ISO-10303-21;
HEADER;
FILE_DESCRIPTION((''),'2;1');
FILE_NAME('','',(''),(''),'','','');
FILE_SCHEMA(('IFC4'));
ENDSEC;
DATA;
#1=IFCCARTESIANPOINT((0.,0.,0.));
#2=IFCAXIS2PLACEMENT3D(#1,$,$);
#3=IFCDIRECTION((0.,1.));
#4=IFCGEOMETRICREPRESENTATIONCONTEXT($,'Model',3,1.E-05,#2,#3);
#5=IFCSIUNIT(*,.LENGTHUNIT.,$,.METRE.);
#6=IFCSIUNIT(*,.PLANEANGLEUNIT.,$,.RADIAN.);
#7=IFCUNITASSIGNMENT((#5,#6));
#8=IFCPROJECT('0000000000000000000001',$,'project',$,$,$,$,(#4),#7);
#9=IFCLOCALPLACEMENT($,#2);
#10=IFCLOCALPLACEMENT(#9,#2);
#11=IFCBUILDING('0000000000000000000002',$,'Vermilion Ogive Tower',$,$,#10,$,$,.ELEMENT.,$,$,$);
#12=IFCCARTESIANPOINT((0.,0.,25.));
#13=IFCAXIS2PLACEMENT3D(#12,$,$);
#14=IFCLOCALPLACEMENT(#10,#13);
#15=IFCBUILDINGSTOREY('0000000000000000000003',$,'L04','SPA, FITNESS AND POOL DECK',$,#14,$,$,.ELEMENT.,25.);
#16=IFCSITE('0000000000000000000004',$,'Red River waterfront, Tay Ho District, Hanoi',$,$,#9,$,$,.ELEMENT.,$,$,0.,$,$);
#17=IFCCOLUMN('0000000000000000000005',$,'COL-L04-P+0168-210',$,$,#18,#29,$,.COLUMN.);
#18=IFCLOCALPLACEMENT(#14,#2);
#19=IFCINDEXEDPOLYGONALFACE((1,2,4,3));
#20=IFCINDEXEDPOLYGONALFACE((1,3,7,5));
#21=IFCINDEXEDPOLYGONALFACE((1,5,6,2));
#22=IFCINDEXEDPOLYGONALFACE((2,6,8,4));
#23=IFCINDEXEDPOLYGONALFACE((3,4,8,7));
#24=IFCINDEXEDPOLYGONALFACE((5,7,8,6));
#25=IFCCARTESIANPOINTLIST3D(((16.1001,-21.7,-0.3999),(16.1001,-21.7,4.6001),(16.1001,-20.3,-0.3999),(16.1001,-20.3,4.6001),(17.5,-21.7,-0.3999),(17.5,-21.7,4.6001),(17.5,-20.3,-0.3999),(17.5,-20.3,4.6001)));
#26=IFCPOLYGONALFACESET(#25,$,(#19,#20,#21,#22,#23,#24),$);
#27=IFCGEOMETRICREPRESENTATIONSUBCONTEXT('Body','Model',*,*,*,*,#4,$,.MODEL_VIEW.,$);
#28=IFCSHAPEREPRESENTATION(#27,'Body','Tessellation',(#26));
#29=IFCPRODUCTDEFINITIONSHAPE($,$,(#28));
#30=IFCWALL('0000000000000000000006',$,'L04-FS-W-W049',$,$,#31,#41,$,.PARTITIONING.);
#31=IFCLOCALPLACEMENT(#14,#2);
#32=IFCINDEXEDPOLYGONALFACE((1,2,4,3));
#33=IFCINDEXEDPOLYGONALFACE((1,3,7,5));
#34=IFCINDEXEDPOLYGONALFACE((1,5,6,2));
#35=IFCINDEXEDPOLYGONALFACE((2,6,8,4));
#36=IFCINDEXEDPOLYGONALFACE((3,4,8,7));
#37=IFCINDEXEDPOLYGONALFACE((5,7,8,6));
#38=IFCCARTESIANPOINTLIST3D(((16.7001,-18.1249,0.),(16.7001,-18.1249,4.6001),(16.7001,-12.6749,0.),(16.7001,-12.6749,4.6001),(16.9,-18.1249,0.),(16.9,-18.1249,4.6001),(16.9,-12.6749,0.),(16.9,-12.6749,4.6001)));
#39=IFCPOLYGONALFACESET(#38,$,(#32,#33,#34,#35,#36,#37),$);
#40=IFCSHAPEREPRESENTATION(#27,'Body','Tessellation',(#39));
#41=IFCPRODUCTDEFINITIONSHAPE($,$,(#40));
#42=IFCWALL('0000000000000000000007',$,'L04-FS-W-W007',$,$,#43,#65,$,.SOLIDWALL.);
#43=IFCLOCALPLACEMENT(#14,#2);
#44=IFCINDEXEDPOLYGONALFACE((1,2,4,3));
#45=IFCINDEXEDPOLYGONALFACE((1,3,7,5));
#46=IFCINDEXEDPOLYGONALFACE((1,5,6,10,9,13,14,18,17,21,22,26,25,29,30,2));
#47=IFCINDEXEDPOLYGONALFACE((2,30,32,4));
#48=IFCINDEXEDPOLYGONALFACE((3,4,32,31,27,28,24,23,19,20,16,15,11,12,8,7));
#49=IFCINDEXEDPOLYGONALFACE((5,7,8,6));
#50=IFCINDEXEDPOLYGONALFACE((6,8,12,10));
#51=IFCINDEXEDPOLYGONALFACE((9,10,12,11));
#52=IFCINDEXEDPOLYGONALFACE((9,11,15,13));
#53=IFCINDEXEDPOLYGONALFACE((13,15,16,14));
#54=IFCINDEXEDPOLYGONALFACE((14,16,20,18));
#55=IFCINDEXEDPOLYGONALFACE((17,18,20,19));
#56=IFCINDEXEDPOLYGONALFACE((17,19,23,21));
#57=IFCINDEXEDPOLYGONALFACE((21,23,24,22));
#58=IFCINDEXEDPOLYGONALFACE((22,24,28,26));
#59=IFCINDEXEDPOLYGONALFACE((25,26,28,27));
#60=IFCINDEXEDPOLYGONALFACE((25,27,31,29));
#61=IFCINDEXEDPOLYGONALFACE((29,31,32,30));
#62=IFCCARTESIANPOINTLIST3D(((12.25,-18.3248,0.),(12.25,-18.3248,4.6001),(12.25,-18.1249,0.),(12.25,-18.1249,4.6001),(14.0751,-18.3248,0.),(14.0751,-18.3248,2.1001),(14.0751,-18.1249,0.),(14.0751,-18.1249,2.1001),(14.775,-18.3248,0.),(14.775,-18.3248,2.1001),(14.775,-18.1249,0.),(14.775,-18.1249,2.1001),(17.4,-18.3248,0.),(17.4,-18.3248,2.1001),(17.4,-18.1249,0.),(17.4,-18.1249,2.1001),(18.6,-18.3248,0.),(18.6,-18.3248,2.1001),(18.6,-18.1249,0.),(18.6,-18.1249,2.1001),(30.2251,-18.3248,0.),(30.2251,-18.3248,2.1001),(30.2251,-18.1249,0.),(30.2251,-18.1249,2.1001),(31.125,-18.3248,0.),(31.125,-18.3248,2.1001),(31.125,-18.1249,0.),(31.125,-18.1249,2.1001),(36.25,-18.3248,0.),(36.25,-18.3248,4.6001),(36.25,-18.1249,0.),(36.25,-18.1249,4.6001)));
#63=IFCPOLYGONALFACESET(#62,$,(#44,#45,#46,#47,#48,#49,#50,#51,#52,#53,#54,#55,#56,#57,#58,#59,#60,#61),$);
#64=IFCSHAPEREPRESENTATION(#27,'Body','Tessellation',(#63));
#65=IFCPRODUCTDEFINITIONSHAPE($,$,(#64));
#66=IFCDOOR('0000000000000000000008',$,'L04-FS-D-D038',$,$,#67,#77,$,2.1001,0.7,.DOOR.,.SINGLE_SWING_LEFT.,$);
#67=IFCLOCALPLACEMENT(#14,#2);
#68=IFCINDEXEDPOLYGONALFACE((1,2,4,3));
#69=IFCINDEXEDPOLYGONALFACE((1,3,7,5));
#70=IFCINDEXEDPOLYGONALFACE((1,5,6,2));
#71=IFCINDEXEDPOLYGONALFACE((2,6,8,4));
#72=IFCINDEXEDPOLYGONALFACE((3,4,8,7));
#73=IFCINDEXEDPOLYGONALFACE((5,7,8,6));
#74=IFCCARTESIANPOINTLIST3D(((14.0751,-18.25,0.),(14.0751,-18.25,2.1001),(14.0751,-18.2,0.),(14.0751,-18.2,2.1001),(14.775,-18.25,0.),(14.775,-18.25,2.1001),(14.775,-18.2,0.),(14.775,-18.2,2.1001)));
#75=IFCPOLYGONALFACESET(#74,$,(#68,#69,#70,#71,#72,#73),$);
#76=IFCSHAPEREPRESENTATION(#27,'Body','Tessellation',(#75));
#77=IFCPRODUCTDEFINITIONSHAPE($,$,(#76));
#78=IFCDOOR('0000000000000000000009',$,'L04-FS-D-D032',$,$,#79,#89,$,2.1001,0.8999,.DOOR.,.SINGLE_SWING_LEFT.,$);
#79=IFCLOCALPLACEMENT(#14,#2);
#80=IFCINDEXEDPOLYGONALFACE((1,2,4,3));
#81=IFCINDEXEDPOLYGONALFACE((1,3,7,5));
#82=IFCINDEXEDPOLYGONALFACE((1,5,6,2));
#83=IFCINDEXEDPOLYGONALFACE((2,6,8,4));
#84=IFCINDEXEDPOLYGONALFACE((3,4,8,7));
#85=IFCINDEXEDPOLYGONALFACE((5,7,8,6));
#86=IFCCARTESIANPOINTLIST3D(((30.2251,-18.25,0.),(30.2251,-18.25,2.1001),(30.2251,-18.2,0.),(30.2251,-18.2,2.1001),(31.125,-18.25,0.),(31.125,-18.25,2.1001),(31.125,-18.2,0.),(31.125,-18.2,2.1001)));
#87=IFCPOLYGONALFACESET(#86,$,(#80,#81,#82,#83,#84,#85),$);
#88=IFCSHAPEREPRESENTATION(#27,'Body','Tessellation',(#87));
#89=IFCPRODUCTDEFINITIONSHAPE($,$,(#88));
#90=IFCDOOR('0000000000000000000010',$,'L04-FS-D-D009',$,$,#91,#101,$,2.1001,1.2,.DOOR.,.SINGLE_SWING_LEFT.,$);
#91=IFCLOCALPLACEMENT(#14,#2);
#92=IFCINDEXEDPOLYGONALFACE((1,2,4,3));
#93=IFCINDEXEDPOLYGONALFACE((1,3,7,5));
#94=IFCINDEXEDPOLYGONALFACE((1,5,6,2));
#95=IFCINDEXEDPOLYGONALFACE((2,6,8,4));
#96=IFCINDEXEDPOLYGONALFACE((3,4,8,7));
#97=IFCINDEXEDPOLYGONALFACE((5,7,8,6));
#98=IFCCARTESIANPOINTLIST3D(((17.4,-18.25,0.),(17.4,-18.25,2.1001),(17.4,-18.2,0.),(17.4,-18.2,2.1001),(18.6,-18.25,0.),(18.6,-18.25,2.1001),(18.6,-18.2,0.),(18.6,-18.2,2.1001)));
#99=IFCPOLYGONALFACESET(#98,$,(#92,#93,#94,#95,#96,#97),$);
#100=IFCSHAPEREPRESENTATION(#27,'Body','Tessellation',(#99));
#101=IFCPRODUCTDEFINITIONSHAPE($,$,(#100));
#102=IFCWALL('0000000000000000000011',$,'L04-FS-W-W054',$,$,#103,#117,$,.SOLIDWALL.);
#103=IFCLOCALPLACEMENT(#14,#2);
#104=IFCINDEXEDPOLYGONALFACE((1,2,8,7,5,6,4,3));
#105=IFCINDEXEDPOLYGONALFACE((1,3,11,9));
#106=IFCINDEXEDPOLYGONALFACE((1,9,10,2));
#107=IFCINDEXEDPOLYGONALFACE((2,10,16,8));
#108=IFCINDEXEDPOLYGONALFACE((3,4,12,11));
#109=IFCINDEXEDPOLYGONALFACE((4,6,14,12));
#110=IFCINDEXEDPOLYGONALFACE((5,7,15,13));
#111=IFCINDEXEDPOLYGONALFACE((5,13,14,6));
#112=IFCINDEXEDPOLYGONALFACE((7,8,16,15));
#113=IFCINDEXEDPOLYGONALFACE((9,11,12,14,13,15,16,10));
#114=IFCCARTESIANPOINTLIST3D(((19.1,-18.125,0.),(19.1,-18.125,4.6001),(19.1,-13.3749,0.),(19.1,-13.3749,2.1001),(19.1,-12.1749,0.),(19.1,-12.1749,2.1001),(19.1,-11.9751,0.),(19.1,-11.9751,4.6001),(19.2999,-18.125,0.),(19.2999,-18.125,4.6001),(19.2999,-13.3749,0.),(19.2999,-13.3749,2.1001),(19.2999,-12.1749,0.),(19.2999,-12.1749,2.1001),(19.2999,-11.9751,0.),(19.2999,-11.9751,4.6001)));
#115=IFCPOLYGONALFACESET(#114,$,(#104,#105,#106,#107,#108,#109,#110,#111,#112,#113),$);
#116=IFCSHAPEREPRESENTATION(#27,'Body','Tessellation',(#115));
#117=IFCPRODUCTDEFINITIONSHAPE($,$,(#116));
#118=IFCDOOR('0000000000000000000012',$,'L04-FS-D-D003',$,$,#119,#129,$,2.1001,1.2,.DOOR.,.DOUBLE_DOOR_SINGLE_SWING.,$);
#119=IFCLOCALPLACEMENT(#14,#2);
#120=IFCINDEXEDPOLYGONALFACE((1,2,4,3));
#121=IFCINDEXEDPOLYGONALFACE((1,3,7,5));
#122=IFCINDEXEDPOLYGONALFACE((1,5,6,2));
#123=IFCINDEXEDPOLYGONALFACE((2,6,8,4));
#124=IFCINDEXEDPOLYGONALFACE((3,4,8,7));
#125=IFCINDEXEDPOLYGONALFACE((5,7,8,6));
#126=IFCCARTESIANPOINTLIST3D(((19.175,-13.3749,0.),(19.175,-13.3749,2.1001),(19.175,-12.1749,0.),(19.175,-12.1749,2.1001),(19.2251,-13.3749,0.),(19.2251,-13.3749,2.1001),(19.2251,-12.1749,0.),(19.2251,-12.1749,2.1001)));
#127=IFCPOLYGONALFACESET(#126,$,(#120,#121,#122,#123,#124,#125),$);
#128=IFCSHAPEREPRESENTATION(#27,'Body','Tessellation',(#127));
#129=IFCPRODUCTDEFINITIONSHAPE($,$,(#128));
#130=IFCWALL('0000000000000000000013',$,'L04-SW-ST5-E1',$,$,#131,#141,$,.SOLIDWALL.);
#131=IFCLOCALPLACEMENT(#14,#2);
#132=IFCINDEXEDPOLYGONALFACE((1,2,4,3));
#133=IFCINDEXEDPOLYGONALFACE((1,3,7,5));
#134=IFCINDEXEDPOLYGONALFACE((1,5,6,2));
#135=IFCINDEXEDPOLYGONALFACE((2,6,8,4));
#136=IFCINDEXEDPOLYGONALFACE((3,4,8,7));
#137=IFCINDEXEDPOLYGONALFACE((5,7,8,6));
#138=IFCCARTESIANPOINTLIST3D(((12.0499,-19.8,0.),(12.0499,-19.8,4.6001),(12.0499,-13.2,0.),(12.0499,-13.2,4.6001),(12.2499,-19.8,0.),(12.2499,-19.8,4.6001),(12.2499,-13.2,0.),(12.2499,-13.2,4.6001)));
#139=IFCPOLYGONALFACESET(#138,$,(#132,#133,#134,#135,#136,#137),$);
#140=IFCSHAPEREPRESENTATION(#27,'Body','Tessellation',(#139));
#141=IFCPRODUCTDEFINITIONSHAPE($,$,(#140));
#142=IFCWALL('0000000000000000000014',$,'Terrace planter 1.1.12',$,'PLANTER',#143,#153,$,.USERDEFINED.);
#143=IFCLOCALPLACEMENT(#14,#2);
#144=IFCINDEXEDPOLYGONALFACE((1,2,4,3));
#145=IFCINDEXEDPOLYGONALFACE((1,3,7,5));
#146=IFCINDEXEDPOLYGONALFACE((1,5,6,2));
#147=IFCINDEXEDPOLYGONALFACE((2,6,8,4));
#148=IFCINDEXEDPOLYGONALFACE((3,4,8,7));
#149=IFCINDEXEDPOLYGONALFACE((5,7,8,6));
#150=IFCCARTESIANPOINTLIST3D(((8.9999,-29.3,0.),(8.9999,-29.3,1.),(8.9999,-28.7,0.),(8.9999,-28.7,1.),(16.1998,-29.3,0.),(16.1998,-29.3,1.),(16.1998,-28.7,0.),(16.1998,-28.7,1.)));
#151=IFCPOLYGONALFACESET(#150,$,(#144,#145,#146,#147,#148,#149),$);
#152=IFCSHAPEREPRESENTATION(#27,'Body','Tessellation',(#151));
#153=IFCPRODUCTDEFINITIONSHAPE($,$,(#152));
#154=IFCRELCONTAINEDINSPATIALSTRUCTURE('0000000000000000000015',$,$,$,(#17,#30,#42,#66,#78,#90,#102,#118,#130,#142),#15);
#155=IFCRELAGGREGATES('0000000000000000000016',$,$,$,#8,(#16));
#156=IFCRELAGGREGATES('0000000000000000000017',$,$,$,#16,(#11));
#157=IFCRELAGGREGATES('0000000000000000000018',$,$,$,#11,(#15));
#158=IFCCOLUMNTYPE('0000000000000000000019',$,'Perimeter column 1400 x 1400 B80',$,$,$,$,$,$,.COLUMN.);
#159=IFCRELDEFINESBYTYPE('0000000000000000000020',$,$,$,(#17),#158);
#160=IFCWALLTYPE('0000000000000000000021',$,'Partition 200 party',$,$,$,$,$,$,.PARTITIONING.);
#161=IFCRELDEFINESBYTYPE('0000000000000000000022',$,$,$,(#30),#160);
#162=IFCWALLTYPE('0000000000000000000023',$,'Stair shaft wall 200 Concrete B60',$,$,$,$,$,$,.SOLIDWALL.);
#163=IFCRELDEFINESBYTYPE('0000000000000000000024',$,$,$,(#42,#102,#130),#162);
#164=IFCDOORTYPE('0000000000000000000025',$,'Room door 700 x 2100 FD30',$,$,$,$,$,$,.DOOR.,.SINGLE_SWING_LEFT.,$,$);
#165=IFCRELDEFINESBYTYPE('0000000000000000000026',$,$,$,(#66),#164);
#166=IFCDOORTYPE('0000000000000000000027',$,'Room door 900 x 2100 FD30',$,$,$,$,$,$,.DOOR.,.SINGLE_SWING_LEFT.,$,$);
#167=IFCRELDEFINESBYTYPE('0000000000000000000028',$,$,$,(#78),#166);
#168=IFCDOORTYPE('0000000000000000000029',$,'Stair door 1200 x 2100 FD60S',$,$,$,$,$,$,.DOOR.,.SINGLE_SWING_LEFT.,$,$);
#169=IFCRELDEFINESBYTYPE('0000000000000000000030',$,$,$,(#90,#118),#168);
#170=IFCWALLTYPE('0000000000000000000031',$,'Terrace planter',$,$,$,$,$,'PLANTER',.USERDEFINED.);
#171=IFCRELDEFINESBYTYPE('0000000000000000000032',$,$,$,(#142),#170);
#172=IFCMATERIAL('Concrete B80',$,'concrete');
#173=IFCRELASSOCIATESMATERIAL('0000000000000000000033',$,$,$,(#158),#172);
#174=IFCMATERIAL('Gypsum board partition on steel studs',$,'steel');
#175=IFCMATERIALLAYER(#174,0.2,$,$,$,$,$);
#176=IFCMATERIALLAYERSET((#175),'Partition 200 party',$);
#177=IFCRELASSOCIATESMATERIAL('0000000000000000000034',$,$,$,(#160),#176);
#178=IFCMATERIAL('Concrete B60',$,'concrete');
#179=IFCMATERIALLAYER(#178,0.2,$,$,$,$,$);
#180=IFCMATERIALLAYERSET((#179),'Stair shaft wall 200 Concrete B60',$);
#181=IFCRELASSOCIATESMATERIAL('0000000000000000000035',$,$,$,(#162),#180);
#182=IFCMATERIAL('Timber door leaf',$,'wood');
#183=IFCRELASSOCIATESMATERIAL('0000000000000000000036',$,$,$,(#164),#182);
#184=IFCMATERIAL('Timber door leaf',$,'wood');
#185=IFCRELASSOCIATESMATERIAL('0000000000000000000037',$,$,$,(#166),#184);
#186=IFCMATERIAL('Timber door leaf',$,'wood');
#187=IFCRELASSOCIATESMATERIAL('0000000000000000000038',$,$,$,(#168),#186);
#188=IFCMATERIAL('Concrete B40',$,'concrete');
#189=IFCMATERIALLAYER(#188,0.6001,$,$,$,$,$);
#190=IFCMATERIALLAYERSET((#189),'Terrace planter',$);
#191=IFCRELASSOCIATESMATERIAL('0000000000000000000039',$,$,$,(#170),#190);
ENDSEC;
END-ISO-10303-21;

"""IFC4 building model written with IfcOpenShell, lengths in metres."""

from ifc_helpers import new_model, si_unit, direction, frame, frame_2d, origin, origin_2d, place, context, subcontext, project, spatial, rectangle, extrude, material, layer, layer_set, material_profile, profile_set, type_object, element, fill, save


model = new_model("IFC4")

# Units and contexts
model_context = context("Model", 3, precision=1e-05, world=origin(), true_north=direction((0.0, 1.0)))
body_context = subcontext(model_context, "Body", "Model", "MODEL_VIEW")
ifc_project = project(units=[si_unit("LENGTHUNIT", "METRE"), si_unit("PLANEANGLEUNIT", "RADIAN")], contexts=[model_context])

# Site, building, storey
site_placement = place(None, origin())
site = spatial("IfcSite", under=ifc_project, at=site_placement, Name="Red River waterfront, Tay Ho District, Hanoi", CompositionType="ELEMENT", RefElevation=0.0)
building_placement = place(site_placement, origin())
building = spatial("IfcBuilding", under=site, at=building_placement, Name="Vermilion Ogive Tower", CompositionType="ELEMENT")
storey_placement = place(building_placement, frame((0.0, 0.0, 25.0)))
storey = spatial("IfcBuildingStorey", under=building, at=storey_placement, Name="L04", Description="SPA, FITNESS AND POOL DECK", CompositionType="ELEMENT", Elevation=25.0)

# Column
ifc_material_1 = material(Name="Concrete B80", Category="concrete")
ifc_material_profile = material_profile(ifc_material_1, rectangle(XDim=1.3999, YDim=1.3999, at=origin_2d()), Name="1400 x 1400")
ifc_profile_set = profile_set([ifc_material_profile], Name="Concrete B80")
column_type = type_object("IfcColumnType", Name="Perimeter column 1400 x 1400 B80", PredefinedType="COLUMN", material=ifc_profile_set)
column_placement = place(storey_placement, frame((16.8, -21.0, -0.3999), z_axis=(0.0, 0.0, 1.0), x_axis=(1.0, 0.0, 0.0)))
element("IfcColumn", 1, at=column_placement, inside=storey, type_object=column_type, Name="COL-L04-P+0168-210", PredefinedType="COLUMN", context=body_context, shape_type="SweptSolid", body=[
    extrude(rectangle(XDim=1.3999, YDim=1.3999, at=origin_2d()), origin(), (0.0, 0.0, 1.0), 5.0),
])

# Wall
ifc_material_2 = material(Name="Gypsum board partition on steel studs", Category="steel")
ifc_layer_1 = layer(ifc_material_2, 0.2)
ifc_layer_set_1 = layer_set([ifc_layer_1], Name="Partition 200 party")
wall_type_1 = type_object("IfcWallType", Name="Partition 200 party", PredefinedType="PARTITIONING", material=ifc_layer_set_1)
wall_1_placement = place(storey_placement, frame((16.8, -18.125, 0.0), z_axis=(0.0, 0.0, 1.0), x_axis=(0.0, 1.0, 0.0)))
element("IfcWall", 2, at=wall_1_placement, inside=storey, type_object=wall_type_1, Name="L04-FS-W-W049", PredefinedType="PARTITIONING", context=body_context, shape_type="SweptSolid", body=[
    extrude(rectangle(XDim=5.45, YDim=0.2, at=frame_2d((2.7251, 0.0))), origin(), (0.0, 0.0, 1.0), 4.6001),
])

# Wall, openings, doors
ifc_material_3 = material(Name="Concrete B60", Category="concrete")
ifc_layer_2 = layer(ifc_material_3, 0.2)
ifc_layer_set_2 = layer_set([ifc_layer_2], Name="Stair shaft wall 200 Concrete B60")
wall_type_2 = type_object("IfcWallType", Name="Stair shaft wall 200 Concrete B60", PredefinedType="SOLIDWALL", material=ifc_layer_set_2)
wall_2_placement = place(storey_placement, frame((12.25, -18.2249, 0.0), z_axis=(0.0, 0.0, 1.0), x_axis=(1.0, 0.0, 0.0)))
wall_2 = element("IfcWall", 3, at=wall_2_placement, inside=storey, type_object=wall_type_2, Name="L04-FS-W-W007", PredefinedType="SOLIDWALL", context=body_context, shape_type="SweptSolid", body=[
    extrude(rectangle(XDim=24.0, YDim=0.2, at=frame_2d((12.0, 0.0))), origin(), (0.0, 0.0, 1.0), 4.6001),
])
opening_1_placement = place(wall_2_placement, frame((5.1499, 0.0, 0.0)))
opening_1 = element("IfcOpeningElement", 4, at=opening_1_placement, cuts=wall_2, PredefinedType="OPENING", context=body_context, shape_type="SweptSolid", body=[
    extrude(rectangle(XDim=1.2, YDim=2.1001, at=frame_2d((0.6001, 1.05))), frame((0.0, 0.1099, 0.0), z_axis=(0.0, -1.0, 0.0), x_axis=(1.0, 0.0, 0.0)), (0.0, 0.0, 1.0), 0.22),
])
opening_2_placement = place(wall_2_placement, frame((17.9751, 0.0, 0.0)))
opening_2 = element("IfcOpeningElement", 5, at=opening_2_placement, cuts=wall_2, PredefinedType="OPENING", context=body_context, shape_type="SweptSolid", body=[
    extrude(rectangle(XDim=0.8999, YDim=2.1001, at=frame_2d((0.45, 1.05))), frame((0.0, 0.1099, 0.0), z_axis=(0.0, -1.0, 0.0), x_axis=(1.0, 0.0, 0.0)), (0.0, 0.0, 1.0), 0.22),
])
opening_3_placement = place(wall_2_placement, frame((1.825, 0.0, 0.0)))
opening_3 = element("IfcOpeningElement", 6, at=opening_3_placement, cuts=wall_2, PredefinedType="OPENING", context=body_context, shape_type="SweptSolid", body=[
    extrude(rectangle(XDim=0.7, YDim=2.1001, at=frame_2d((0.3501, 1.05))), frame((0.0, 0.1099, 0.0), z_axis=(0.0, -1.0, 0.0), x_axis=(1.0, 0.0, 0.0)), (0.0, 0.0, 1.0), 0.22),
])
ifc_material_4 = material(Name="Timber door leaf", Category="wood")
door_type_1 = type_object("IfcDoorType", Name="Room door 700 x 2100 FD30", OperationType="SINGLE_SWING_LEFT", PredefinedType="DOOR", material=ifc_material_4)
door_1_placement = place(opening_3_placement, origin())
door_1 = element("IfcDoor", 7, at=door_1_placement, inside=storey, type_object=door_type_1, Name="L04-FS-D-D038", OperationType="SINGLE_SWING_LEFT", OverallHeight=2.1001, OverallWidth=0.7, PredefinedType="DOOR", context=body_context, shape_type="SweptSolid", body=[
    extrude(rectangle(XDim=0.7, YDim=2.1001, at=frame_2d((0.3501, 1.05))), frame((0.0, 0.0249, 0.0), z_axis=(0.0, -1.0, 0.0), x_axis=(1.0, 0.0, 0.0)), (0.0, 0.0, 1.0), 0.05),
])
fill(opening_3, door_1)
ifc_material_5 = material(Name="Timber door leaf", Category="wood")
door_type_2 = type_object("IfcDoorType", Name="Room door 900 x 2100 FD30", OperationType="SINGLE_SWING_LEFT", PredefinedType="DOOR", material=ifc_material_5)
door_2_placement = place(opening_2_placement, origin())
door_2 = element("IfcDoor", 8, at=door_2_placement, inside=storey, type_object=door_type_2, Name="L04-FS-D-D032", OperationType="SINGLE_SWING_LEFT", OverallHeight=2.1001, OverallWidth=0.8999, PredefinedType="DOOR", context=body_context, shape_type="SweptSolid", body=[
    extrude(rectangle(XDim=0.8999, YDim=2.1001, at=frame_2d((0.45, 1.05))), frame((0.0, 0.0249, 0.0), z_axis=(0.0, -1.0, 0.0), x_axis=(1.0, 0.0, 0.0)), (0.0, 0.0, 1.0), 0.05),
])
fill(opening_2, door_2)
ifc_material_6 = material(Name="Timber door leaf", Category="wood")
door_type_3 = type_object("IfcDoorType", Name="Stair door 1200 x 2100 FD60S", OperationType="SINGLE_SWING_LEFT", PredefinedType="DOOR", material=ifc_material_6)
door_3_placement = place(opening_1_placement, origin())
door_3 = element("IfcDoor", 9, at=door_3_placement, inside=storey, type_object=door_type_3, Name="L04-FS-D-D009", OperationType="SINGLE_SWING_LEFT", OverallHeight=2.1001, OverallWidth=1.2, PredefinedType="DOOR", context=body_context, shape_type="SweptSolid", body=[
    extrude(rectangle(XDim=1.2, YDim=2.1001, at=frame_2d((0.6001, 1.05))), frame((0.0, 0.0249, 0.0), z_axis=(0.0, -1.0, 0.0), x_axis=(1.0, 0.0, 0.0)), (0.0, 0.0, 1.0), 0.05),
])
fill(opening_1, door_3)

# Wall, opening, door
wall_3_placement = place(storey_placement, frame((19.2, -18.125, 0.0), z_axis=(0.0, 0.0, 1.0), x_axis=(0.0, 1.0, 0.0)))
wall_3 = element("IfcWall", 10, at=wall_3_placement, inside=storey, type_object=wall_type_2, Name="L04-FS-W-W054", PredefinedType="SOLIDWALL", context=body_context, shape_type="SweptSolid", body=[
    extrude(rectangle(XDim=6.1499, YDim=0.2, at=frame_2d((3.075, 0.0))), origin(), (0.0, 0.0, 1.0), 4.6001),
])
opening_4_placement = place(wall_3_placement, frame((4.75, 0.0, 0.0)))
opening_4 = element("IfcOpeningElement", 11, at=opening_4_placement, cuts=wall_3, PredefinedType="OPENING", context=body_context, shape_type="SweptSolid", body=[
    extrude(rectangle(XDim=1.2, YDim=2.1001, at=frame_2d((0.6001, 1.05))), frame((0.0, 0.1099, 0.0), z_axis=(0.0, -1.0, 0.0), x_axis=(1.0, 0.0, 0.0)), (0.0, 0.0, 1.0), 0.22),
])
door_4_placement = place(opening_4_placement, origin())
door_4 = element("IfcDoor", 12, at=door_4_placement, inside=storey, type_object=door_type_3, Name="L04-FS-D-D003", OperationType="DOUBLE_DOOR_SINGLE_SWING", OverallHeight=2.1001, OverallWidth=1.2, PredefinedType="DOOR", context=body_context, shape_type="SweptSolid", body=[
    extrude(rectangle(XDim=1.2, YDim=2.1001, at=frame_2d((0.6001, 1.05))), frame((0.0, 0.0249, 0.0), z_axis=(0.0, -1.0, 0.0), x_axis=(1.0, 0.0, 0.0)), (0.0, 0.0, 1.0), 0.05),
])
fill(opening_4, door_4)

# Walls
wall_4_placement = place(storey_placement, frame((12.1499, -19.8, 0.0), z_axis=(0.0, 0.0, 1.0), x_axis=(0.0, 1.0, 0.0)))
element("IfcWall", 13, at=wall_4_placement, inside=storey, type_object=wall_type_2, Name="L04-SW-ST5-E1", PredefinedType="SOLIDWALL", context=body_context, shape_type="SweptSolid", body=[
    extrude(rectangle(XDim=6.6001, YDim=0.2, at=frame_2d((3.3, 0.0))), origin(), (0.0, 0.0, 1.0), 4.6001),
])
ifc_material_7 = material(Name="Concrete B40", Category="concrete")
ifc_layer_3 = layer(ifc_material_7, 0.6001)
ifc_layer_set_3 = layer_set([ifc_layer_3], Name="Terrace planter")
wall_type_3 = type_object("IfcWallType", Name="Terrace planter", ElementType="PLANTER", PredefinedType="USERDEFINED", material=ifc_layer_set_3)
wall_5_placement = place(storey_placement, frame((16.2, -29.0, 0.0), z_axis=(0.0, 0.0, 1.0), x_axis=(-1.0, 0.0, 0.0)))
element("IfcWall", 14, at=wall_5_placement, inside=storey, type_object=wall_type_3, Name="Terrace planter 1.1.12", ObjectType="PLANTER", PredefinedType="USERDEFINED", context=body_context, shape_type="SweptSolid", body=[
    extrude(rectangle(XDim=7.2, YDim=0.6001, at=frame_2d((3.6001, 0.0))), origin(), (0.0, 0.0, 1.0), 1.0),
])

save(model, "model.ifc")
